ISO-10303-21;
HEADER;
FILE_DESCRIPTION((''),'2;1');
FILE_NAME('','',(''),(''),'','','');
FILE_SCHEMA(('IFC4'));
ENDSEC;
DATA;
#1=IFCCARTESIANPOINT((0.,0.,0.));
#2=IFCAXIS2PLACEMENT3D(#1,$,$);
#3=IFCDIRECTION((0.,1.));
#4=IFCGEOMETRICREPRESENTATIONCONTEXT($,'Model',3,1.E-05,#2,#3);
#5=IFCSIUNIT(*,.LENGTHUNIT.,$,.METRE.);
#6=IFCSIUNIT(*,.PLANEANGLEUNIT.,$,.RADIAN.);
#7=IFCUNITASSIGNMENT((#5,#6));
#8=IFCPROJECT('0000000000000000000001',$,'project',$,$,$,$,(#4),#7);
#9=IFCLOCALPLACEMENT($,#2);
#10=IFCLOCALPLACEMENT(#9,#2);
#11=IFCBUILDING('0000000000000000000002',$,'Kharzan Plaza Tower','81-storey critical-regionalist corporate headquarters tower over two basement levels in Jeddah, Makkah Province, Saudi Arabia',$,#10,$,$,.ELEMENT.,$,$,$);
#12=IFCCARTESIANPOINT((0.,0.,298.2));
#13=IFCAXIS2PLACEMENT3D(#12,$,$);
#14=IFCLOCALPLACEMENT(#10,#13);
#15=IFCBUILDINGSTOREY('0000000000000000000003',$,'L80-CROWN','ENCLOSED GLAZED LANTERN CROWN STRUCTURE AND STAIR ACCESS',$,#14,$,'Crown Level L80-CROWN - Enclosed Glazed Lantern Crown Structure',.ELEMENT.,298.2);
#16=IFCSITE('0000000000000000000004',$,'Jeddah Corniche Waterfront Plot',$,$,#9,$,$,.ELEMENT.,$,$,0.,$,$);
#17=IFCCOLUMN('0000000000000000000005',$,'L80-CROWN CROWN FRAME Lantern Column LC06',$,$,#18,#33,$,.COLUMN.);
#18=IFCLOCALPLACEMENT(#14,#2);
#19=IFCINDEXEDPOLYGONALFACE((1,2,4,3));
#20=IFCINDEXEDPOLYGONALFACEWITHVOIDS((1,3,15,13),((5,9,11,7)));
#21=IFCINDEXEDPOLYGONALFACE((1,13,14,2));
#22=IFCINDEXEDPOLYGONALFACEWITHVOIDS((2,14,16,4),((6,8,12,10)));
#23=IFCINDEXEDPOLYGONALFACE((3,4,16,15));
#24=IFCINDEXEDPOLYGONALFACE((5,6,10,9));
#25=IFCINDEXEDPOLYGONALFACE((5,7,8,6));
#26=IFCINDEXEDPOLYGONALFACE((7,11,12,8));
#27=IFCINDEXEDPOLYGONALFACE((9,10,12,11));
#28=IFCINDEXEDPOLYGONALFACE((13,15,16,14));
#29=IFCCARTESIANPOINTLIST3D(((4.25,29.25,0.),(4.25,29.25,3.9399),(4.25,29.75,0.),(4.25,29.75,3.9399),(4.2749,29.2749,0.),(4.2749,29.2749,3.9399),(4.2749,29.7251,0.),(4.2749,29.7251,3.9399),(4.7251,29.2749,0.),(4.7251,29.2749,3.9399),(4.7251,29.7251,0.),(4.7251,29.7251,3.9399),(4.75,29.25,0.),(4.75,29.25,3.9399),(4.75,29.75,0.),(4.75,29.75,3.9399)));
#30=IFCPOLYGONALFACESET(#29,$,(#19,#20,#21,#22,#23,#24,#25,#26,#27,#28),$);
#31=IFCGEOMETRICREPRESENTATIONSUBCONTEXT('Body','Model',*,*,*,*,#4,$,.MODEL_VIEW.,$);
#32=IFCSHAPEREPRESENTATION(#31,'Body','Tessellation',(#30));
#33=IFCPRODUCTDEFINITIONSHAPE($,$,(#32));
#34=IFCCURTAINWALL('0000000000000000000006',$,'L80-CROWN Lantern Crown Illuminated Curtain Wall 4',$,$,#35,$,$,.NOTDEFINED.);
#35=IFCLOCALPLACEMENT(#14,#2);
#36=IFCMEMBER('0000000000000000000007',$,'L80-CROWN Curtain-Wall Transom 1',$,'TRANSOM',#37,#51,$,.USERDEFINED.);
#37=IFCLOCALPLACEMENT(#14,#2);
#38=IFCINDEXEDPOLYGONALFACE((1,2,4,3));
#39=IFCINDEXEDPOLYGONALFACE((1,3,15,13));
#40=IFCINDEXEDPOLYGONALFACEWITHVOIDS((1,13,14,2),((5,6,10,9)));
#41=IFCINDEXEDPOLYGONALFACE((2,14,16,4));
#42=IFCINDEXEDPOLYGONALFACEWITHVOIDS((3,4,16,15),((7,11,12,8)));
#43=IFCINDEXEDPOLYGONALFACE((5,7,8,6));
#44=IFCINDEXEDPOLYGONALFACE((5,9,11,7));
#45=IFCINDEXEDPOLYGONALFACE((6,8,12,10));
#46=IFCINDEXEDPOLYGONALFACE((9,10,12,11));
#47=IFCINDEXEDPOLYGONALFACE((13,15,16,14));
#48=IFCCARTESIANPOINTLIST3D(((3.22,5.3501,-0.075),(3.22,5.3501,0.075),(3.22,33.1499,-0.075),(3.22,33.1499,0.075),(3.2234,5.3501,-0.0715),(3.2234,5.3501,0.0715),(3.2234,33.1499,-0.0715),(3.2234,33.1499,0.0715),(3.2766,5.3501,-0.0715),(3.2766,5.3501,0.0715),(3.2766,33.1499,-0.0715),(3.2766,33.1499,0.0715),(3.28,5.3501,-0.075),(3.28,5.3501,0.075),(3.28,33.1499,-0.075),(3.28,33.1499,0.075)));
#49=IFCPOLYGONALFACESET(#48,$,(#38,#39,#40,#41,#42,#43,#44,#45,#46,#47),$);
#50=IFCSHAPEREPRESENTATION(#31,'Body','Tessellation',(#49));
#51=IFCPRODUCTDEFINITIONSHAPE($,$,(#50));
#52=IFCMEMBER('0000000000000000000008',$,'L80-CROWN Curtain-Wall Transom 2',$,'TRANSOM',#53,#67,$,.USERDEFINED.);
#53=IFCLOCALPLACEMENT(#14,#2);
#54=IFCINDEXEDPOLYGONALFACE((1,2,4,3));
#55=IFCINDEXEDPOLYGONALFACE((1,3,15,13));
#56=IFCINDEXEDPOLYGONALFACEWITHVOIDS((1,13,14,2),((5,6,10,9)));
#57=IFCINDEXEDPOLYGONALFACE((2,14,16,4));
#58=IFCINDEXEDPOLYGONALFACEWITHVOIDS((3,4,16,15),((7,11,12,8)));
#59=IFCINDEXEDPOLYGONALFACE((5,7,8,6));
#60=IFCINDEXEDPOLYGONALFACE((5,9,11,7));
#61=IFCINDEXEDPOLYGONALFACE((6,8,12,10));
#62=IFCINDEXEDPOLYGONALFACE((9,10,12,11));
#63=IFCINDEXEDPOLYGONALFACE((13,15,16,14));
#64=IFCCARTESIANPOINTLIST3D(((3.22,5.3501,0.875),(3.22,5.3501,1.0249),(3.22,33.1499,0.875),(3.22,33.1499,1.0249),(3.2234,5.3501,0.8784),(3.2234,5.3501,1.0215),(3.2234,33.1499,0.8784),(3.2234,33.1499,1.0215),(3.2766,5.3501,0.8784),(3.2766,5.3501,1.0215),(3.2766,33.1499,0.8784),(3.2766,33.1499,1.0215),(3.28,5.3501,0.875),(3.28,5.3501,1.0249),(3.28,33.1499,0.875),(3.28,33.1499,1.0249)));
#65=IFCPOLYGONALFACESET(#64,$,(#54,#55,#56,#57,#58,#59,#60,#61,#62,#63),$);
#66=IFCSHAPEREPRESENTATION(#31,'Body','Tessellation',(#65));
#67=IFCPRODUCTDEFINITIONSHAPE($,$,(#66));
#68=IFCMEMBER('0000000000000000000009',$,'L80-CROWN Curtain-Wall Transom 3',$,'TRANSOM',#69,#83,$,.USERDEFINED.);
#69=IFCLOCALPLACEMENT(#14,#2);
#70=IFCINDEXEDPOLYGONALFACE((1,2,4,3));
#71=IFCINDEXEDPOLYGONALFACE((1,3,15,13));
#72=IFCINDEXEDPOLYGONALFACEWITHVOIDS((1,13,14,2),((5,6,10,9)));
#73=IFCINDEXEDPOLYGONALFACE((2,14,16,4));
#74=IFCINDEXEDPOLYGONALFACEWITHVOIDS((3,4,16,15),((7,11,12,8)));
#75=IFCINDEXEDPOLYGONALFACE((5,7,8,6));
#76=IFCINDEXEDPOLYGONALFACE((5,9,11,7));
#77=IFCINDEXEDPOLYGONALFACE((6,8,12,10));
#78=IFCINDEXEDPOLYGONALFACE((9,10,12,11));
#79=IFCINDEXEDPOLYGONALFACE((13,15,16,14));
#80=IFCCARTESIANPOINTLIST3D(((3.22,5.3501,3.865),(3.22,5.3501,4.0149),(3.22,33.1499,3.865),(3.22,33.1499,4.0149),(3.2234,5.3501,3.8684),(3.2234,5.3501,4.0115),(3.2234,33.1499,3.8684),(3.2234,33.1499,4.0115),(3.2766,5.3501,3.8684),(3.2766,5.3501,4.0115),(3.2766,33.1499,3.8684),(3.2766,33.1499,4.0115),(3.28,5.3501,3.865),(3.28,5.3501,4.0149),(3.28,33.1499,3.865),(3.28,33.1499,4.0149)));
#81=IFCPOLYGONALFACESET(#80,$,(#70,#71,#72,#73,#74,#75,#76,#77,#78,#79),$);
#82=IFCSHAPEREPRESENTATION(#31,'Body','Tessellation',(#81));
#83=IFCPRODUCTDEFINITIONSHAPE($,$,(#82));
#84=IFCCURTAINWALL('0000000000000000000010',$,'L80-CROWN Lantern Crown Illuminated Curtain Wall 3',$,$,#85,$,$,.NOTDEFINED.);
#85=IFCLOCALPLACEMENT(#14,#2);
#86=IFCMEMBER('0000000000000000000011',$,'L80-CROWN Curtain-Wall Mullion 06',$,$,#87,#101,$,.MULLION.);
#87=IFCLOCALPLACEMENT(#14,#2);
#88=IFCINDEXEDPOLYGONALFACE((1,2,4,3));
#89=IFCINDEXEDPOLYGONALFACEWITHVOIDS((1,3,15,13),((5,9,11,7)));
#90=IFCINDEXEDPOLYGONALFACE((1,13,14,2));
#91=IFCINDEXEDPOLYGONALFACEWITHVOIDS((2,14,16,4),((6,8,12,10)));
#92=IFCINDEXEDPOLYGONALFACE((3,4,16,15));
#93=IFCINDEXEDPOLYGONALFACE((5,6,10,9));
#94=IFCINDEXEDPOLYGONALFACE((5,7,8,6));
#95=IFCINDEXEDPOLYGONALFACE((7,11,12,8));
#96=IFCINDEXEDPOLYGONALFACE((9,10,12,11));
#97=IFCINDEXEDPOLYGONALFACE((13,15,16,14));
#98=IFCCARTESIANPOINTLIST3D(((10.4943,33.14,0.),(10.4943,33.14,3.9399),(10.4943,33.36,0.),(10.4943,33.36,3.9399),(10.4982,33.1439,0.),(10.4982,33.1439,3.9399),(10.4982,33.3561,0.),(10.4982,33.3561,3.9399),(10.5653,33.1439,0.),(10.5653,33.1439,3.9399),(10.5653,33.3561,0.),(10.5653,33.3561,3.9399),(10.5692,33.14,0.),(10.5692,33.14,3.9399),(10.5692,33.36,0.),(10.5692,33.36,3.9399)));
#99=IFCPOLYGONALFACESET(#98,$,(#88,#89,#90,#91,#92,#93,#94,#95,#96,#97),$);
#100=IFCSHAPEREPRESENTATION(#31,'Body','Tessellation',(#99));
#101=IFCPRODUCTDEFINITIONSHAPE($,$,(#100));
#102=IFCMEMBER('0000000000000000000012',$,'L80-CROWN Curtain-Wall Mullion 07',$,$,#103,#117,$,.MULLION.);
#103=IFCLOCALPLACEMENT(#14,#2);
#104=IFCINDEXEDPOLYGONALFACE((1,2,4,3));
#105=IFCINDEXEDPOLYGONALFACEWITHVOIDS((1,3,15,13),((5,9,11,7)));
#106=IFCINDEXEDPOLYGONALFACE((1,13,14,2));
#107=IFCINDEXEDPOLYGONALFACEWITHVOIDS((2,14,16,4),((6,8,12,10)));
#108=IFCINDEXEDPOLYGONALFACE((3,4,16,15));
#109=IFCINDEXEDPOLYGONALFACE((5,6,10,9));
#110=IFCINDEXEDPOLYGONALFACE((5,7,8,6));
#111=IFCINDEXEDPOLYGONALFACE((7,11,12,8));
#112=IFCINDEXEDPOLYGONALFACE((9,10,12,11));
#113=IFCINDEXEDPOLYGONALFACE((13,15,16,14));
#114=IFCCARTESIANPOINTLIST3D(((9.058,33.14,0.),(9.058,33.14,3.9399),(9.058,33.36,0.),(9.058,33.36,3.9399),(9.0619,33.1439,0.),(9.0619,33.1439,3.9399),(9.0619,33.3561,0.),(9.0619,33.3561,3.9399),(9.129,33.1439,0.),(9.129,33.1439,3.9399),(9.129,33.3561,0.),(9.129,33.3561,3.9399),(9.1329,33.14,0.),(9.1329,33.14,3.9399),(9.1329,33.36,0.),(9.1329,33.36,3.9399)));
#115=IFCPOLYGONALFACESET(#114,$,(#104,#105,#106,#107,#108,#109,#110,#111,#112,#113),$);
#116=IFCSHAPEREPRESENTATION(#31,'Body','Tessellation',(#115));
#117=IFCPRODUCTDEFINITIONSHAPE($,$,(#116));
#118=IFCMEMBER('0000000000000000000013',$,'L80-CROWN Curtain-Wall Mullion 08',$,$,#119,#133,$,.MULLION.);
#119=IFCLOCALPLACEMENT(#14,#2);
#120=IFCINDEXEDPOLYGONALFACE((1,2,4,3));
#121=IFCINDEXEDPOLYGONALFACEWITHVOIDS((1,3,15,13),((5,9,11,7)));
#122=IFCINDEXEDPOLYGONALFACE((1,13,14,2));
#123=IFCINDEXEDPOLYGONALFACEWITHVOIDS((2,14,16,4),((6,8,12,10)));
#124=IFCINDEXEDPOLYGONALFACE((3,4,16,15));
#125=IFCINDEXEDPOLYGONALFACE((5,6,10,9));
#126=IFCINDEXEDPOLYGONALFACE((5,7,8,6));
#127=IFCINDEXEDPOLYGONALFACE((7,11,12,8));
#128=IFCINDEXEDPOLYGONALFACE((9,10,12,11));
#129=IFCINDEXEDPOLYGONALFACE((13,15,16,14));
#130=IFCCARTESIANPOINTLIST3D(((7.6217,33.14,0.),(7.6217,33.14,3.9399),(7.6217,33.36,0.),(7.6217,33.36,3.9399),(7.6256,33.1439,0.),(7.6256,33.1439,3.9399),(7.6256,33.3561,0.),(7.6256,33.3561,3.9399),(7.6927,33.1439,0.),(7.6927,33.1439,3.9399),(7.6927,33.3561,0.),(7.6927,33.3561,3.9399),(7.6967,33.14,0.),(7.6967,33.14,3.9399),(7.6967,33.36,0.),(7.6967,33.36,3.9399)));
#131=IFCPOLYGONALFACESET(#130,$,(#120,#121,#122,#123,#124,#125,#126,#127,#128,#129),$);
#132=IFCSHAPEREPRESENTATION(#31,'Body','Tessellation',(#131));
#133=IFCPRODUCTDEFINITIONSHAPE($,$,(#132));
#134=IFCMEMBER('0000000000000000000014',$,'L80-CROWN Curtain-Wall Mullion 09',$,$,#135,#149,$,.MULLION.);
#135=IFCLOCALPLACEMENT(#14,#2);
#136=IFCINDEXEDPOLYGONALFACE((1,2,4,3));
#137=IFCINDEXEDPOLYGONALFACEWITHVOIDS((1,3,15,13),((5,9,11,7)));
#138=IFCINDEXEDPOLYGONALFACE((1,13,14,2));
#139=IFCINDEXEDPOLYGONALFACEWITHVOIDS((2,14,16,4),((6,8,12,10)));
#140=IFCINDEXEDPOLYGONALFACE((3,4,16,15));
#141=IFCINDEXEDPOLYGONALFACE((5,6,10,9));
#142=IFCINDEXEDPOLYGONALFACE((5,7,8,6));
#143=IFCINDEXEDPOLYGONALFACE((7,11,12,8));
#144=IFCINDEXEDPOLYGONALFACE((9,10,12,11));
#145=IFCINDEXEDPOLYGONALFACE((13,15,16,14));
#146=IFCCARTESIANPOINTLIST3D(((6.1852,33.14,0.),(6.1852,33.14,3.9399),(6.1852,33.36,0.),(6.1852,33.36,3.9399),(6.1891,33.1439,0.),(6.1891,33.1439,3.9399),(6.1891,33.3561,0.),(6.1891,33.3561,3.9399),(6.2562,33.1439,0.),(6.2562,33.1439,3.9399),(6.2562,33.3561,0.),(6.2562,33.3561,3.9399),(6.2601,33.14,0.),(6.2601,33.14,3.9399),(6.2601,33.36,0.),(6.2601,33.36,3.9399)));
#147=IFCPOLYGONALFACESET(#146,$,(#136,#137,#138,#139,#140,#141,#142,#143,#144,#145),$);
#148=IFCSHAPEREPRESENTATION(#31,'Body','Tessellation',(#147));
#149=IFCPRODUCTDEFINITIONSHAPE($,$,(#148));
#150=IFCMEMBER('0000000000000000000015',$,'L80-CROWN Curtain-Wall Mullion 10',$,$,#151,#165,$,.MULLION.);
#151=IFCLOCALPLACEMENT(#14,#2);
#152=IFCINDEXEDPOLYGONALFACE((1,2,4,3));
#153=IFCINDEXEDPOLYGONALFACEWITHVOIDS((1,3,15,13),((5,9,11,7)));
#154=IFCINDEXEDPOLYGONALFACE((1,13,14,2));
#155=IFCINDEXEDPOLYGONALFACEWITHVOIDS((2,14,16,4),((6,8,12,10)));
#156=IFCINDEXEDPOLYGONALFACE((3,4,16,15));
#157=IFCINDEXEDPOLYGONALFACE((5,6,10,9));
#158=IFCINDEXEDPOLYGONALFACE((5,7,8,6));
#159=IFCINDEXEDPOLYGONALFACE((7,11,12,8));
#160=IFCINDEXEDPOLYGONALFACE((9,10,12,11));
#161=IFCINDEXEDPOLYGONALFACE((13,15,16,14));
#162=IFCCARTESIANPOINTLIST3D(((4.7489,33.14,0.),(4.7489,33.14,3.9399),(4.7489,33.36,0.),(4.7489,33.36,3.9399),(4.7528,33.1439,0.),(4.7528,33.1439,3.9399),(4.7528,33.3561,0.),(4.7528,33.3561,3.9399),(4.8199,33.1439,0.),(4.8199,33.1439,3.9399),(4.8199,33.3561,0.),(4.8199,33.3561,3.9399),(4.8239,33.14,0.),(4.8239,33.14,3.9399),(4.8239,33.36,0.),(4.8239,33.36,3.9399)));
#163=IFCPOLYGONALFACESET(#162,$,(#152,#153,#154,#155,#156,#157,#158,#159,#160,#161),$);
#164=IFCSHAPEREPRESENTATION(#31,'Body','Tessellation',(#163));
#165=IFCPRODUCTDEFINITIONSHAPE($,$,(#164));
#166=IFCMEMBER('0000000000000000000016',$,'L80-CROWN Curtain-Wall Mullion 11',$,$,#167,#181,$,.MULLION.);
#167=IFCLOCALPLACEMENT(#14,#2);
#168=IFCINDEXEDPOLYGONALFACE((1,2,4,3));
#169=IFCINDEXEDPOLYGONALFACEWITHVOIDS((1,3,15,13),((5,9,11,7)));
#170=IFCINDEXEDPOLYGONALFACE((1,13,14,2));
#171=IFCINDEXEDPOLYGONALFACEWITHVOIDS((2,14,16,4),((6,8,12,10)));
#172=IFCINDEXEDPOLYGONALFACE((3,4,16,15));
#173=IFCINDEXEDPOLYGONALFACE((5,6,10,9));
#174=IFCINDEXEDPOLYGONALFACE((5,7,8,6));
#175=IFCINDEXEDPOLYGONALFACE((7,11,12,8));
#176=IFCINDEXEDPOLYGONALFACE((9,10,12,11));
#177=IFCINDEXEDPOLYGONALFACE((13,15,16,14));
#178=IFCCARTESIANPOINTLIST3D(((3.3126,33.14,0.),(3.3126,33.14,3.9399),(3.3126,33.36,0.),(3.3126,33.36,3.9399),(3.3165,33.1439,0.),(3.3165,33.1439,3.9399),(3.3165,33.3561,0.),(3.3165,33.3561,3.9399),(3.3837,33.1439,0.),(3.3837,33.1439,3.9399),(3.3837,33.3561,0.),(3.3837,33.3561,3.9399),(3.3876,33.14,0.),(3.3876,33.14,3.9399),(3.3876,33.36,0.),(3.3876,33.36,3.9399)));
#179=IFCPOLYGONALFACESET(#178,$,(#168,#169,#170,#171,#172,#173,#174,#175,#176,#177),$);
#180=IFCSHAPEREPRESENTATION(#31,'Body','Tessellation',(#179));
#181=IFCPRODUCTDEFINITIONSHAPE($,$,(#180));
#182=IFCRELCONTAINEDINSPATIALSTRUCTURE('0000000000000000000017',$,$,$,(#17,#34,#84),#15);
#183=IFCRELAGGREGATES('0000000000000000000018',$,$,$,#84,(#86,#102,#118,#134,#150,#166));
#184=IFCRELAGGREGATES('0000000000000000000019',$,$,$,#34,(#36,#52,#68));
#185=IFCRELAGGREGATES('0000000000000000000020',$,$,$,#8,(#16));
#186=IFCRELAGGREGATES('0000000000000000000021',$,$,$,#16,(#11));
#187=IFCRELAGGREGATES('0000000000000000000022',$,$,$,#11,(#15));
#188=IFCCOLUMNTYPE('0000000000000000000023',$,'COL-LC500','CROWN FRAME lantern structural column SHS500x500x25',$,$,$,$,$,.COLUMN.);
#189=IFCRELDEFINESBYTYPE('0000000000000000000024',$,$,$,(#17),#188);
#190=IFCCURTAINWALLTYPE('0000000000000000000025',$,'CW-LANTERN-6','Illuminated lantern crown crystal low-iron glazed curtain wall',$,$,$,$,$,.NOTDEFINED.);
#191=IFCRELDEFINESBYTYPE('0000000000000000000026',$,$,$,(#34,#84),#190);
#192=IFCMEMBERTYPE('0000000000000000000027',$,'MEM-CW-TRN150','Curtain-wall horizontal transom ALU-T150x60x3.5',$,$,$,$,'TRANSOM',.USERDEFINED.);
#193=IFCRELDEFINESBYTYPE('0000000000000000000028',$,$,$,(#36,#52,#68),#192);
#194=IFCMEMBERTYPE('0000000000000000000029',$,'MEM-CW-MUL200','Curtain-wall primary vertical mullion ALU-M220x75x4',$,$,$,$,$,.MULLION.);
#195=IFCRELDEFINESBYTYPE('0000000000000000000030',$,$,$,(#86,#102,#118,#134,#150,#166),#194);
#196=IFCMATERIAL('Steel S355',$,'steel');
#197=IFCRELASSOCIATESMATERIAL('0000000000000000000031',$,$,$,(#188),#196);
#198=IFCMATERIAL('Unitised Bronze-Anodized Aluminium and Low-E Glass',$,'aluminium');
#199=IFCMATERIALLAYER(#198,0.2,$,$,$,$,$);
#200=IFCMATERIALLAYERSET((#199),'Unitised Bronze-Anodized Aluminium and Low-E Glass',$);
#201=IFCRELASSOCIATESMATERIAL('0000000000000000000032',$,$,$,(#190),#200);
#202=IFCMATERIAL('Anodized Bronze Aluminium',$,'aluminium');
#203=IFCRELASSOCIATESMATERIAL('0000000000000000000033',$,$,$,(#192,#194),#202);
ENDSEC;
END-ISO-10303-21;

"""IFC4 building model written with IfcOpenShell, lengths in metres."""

from ifc_helpers import new_model, si_unit, direction, frame, origin, origin_2d, place, context, subcontext, project, spatial, hollow_rectangle, extrude, source, transform, mapped, material, layer, layer_set, material_profile, profile_set, type_object, element, aggregate, save


model = new_model("IFC4")

# Units and contexts
model_context = context("Model", 3, precision=1e-05, world=origin(), true_north=direction((0.0, 1.0)))
body_context = subcontext(model_context, "Body", "Model", "MODEL_VIEW")
ifc_project = project(units=[si_unit("LENGTHUNIT", "METRE"), si_unit("PLANEANGLEUNIT", "RADIAN")], contexts=[model_context])

# Site, building, storey
site_placement = place(None, origin())
site = spatial("IfcSite", under=ifc_project, at=site_placement, Name="Jeddah Corniche Waterfront Plot", CompositionType="ELEMENT", RefElevation=0.0)
building_placement = place(site_placement, origin())
building = spatial("IfcBuilding", under=site, at=building_placement, Name="Kharzan Plaza Tower", Description="81-storey critical-regionalist corporate headquarters tower over two basement levels in Jeddah, Makkah Province, Saudi Arabia", CompositionType="ELEMENT")
storey_placement = place(building_placement, frame((0.0, 0.0, 298.2)))
storey = spatial("IfcBuildingStorey", under=building, at=storey_placement, Name="L80-CROWN", Description="ENCLOSED GLAZED LANTERN CROWN STRUCTURE AND STAIR ACCESS", LongName="Crown Level L80-CROWN - Enclosed Glazed Lantern Crown Structure", CompositionType="ELEMENT", Elevation=298.2)

# Column
ifc_material_1 = material(Name="Steel S355", Category="steel")
ifc_material_profile_1 = material_profile(ifc_material_1, hollow_rectangle(XDim=0.5, YDim=0.5, WallThickness=0.0249, at=origin_2d()), Name="SHS500x500x25")
ifc_profile_set_1 = profile_set([ifc_material_profile_1], Name="Steel S355")
column_type = type_object("IfcColumnType", Name="COL-LC500", Description="CROWN FRAME lantern structural column SHS500x500x25", PredefinedType="COLUMN", material=ifc_profile_set_1)
shared_shape_1 = source(origin(), body_context, "Body", "SweptSolid", [
    extrude(hollow_rectangle(XDim=0.5, YDim=0.5, WallThickness=0.0249, at=origin_2d()), origin(), (0.0, 0.0, 1.0), 3.9399),
])
column_placement = place(storey_placement, frame((4.5, 29.5, 0.0), z_axis=(0.0, 0.0, 1.0), x_axis=(1.0, 0.0, 0.0)))
element("IfcColumn", 1, at=column_placement, inside=storey, type_object=column_type, Name="L80-CROWN CROWN FRAME Lantern Column LC06", PredefinedType="COLUMN", context=body_context, shape_type="MappedRepresentation", body=[
    mapped(shared_shape_1, transform((0.0, 0.0, 0.0), x_axis=(1.0, 0.0, 0.0), y_axis=(0.0, 1.0, 0.0), z_axis=(0.0, 0.0, 1.0))),
])

# Curtain walls, members
ifc_material_2 = material(Name="Unitised Bronze-Anodized Aluminium and Low-E Glass", Category="aluminium")
ifc_layer_1 = layer(ifc_material_2, 0.2)
ifc_layer_set_1 = layer_set([ifc_layer_1], Name="Unitised Bronze-Anodized Aluminium and Low-E Glass")
curtain_wall_type = type_object("IfcCurtainWallType", Name="CW-LANTERN-6", Description="Illuminated lantern crown crystal low-iron glazed curtain wall", PredefinedType="NOTDEFINED", material=ifc_layer_set_1)
curtain_wall_1_placement = place(storey_placement, origin())
curtain_wall_1 = element("IfcCurtainWall", 2, at=curtain_wall_1_placement, inside=storey, type_object=curtain_wall_type, Name="L80-CROWN Lantern Crown Illuminated Curtain Wall 4", PredefinedType="NOTDEFINED")
ifc_material_3 = material(Name="Anodized Bronze Aluminium", Category="aluminium")
ifc_material_profile_2 = material_profile(ifc_material_3, hollow_rectangle(XDim=0.0601, YDim=0.1499, WallThickness=0.0034, at=origin_2d()), Name="ALU-T150x60x3.5")
ifc_profile_set_2 = profile_set([ifc_material_profile_2], Name="Anodized Bronze Aluminium")
member_type_1 = type_object("IfcMemberType", Name="MEM-CW-TRN150", Description="Curtain-wall horizontal transom ALU-T150x60x3.5", ElementType="TRANSOM", PredefinedType="USERDEFINED", material=ifc_profile_set_2)
shared_shape_2 = source(origin(), body_context, "Body", "SweptSolid", [
    extrude(hollow_rectangle(XDim=0.0601, YDim=0.1499, WallThickness=0.0034, at=origin_2d()), origin(), (0.0, 0.0, 1.0), 27.7998),
])
member_1_placement = place(storey_placement, frame((3.25, 33.1499, 0.0), z_axis=(0.0, -1.0, 0.0), x_axis=(1.0, 0.0, 0.0)))
member_1 = element("IfcMember", 3, at=member_1_placement, type_object=member_type_1, Name="L80-CROWN Curtain-Wall Transom 1", ObjectType="TRANSOM", PredefinedType="USERDEFINED", context=body_context, shape_type="MappedRepresentation", body=[
    mapped(shared_shape_2, transform((0.0, 0.0, 0.0), x_axis=(1.0, 0.0, 0.0), y_axis=(0.0, 1.0, 0.0), z_axis=(0.0, 0.0, 1.0))),
])
member_2_placement = place(storey_placement, frame((3.25, 33.1499, 0.95), z_axis=(0.0, -1.0, 0.0), x_axis=(1.0, 0.0, 0.0)))
member_2 = element("IfcMember", 4, at=member_2_placement, type_object=member_type_1, Name="L80-CROWN Curtain-Wall Transom 2", ObjectType="TRANSOM", PredefinedType="USERDEFINED", context=body_context, shape_type="MappedRepresentation", body=[
    mapped(shared_shape_2, transform((0.0, 0.0, 0.0), x_axis=(1.0, 0.0, 0.0), y_axis=(0.0, 1.0, 0.0), z_axis=(0.0, 0.0, 1.0))),
])
member_3_placement = place(storey_placement, frame((3.25, 33.1499, 3.9399), z_axis=(0.0, -1.0, 0.0), x_axis=(1.0, 0.0, 0.0)))
member_3 = element("IfcMember", 5, at=member_3_placement, type_object=member_type_1, Name="L80-CROWN Curtain-Wall Transom 3", ObjectType="TRANSOM", PredefinedType="USERDEFINED", context=body_context, shape_type="MappedRepresentation", body=[
    mapped(shared_shape_2, transform((0.0, 0.0, 0.0), x_axis=(1.0, 0.0, 0.0), y_axis=(0.0, 1.0, 0.0), z_axis=(0.0, 0.0, 1.0))),
])
curtain_wall_2_placement = place(storey_placement, origin())
curtain_wall_2 = element("IfcCurtainWall", 6, at=curtain_wall_2_placement, inside=storey, type_object=curtain_wall_type, Name="L80-CROWN Lantern Crown Illuminated Curtain Wall 3", PredefinedType="NOTDEFINED")
ifc_material_profile_3 = material_profile(ifc_material_3, hollow_rectangle(XDim=0.075, YDim=0.22, WallThickness=0.0039, at=origin_2d()), Name="ALU-M220x75x4")
ifc_profile_set_3 = profile_set([ifc_material_profile_3], Name="Anodized Bronze Aluminium")
member_type_2 = type_object("IfcMemberType", Name="MEM-CW-MUL200", Description="Curtain-wall primary vertical mullion ALU-M220x75x4", PredefinedType="MULLION", material=ifc_profile_set_3)
shared_shape_3 = source(origin(), body_context, "Body", "SweptSolid", [
    extrude(hollow_rectangle(XDim=0.075, YDim=0.22, WallThickness=0.0039, at=origin_2d()), origin(), (0.0, 0.0, 1.0), 3.9399),
])
member_4_placement = place(storey_placement, frame((10.5317, 33.25, 0.0), z_axis=(0.0, 0.0, 1.0), x_axis=(1.0, 0.0, 0.0)))
member_4 = element("IfcMember", 7, at=member_4_placement, type_object=member_type_2, Name="L80-CROWN Curtain-Wall Mullion 06", PredefinedType="MULLION", context=body_context, shape_type="MappedRepresentation", body=[
    mapped(shared_shape_3, transform((0.0, 0.0, 0.0), x_axis=(1.0, 0.0, 0.0), y_axis=(0.0, 1.0, 0.0), z_axis=(0.0, 0.0, 1.0))),
])
member_5_placement = place(storey_placement, frame((9.0955, 33.25, 0.0), z_axis=(0.0, 0.0, 1.0), x_axis=(1.0, 0.0, 0.0)))
member_5 = element("IfcMember", 8, at=member_5_placement, type_object=member_type_2, Name="L80-CROWN Curtain-Wall Mullion 07", PredefinedType="MULLION", context=body_context, shape_type="MappedRepresentation", body=[
    mapped(shared_shape_3, transform((0.0, 0.0, 0.0), x_axis=(1.0, 0.0, 0.0), y_axis=(0.0, 1.0, 0.0), z_axis=(0.0, 0.0, 1.0))),
])
member_6_placement = place(storey_placement, frame((7.6592, 33.25, 0.0), z_axis=(0.0, 0.0, 1.0), x_axis=(1.0, 0.0, 0.0)))
member_6 = element("IfcMember", 9, at=member_6_placement, type_object=member_type_2, Name="L80-CROWN Curtain-Wall Mullion 08", PredefinedType="MULLION", context=body_context, shape_type="MappedRepresentation", body=[
    mapped(shared_shape_3, transform((0.0, 0.0, 0.0), x_axis=(1.0, 0.0, 0.0), y_axis=(0.0, 1.0, 0.0), z_axis=(0.0, 0.0, 1.0))),
])
member_7_placement = place(storey_placement, frame((6.2227, 33.25, 0.0), z_axis=(0.0, 0.0, 1.0), x_axis=(1.0, 0.0, 0.0)))
member_7 = element("IfcMember", 10, at=member_7_placement, type_object=member_type_2, Name="L80-CROWN Curtain-Wall Mullion 09", PredefinedType="MULLION", context=body_context, shape_type="MappedRepresentation", body=[
    mapped(shared_shape_3, transform((0.0, 0.0, 0.0), x_axis=(1.0, 0.0, 0.0), y_axis=(0.0, 1.0, 0.0), z_axis=(0.0, 0.0, 1.0))),
])
member_8_placement = place(storey_placement, frame((4.7864, 33.25, 0.0), z_axis=(0.0, 0.0, 1.0), x_axis=(1.0, 0.0, 0.0)))
member_8 = element("IfcMember", 11, at=member_8_placement, type_object=member_type_2, Name="L80-CROWN Curtain-Wall Mullion 10", PredefinedType="MULLION", context=body_context, shape_type="MappedRepresentation", body=[
    mapped(shared_shape_3, transform((0.0, 0.0, 0.0), x_axis=(1.0, 0.0, 0.0), y_axis=(0.0, 1.0, 0.0), z_axis=(0.0, 0.0, 1.0))),
])
member_9_placement = place(storey_placement, frame((3.3501, 33.25, 0.0), z_axis=(0.0, 0.0, 1.0), x_axis=(1.0, 0.0, 0.0)))
member_9 = element("IfcMember", 12, at=member_9_placement, type_object=member_type_2, Name="L80-CROWN Curtain-Wall Mullion 11", PredefinedType="MULLION", context=body_context, shape_type="MappedRepresentation", body=[
    mapped(shared_shape_3, transform((0.0, 0.0, 0.0), x_axis=(1.0, 0.0, 0.0), y_axis=(0.0, 1.0, 0.0), z_axis=(0.0, 0.0, 1.0))),
])

aggregate(curtain_wall_2, [member_4, member_5, member_6, member_7, member_8, member_9])
aggregate(curtain_wall_1, [member_1, member_2, member_3])

save(model, "model.ifc")
